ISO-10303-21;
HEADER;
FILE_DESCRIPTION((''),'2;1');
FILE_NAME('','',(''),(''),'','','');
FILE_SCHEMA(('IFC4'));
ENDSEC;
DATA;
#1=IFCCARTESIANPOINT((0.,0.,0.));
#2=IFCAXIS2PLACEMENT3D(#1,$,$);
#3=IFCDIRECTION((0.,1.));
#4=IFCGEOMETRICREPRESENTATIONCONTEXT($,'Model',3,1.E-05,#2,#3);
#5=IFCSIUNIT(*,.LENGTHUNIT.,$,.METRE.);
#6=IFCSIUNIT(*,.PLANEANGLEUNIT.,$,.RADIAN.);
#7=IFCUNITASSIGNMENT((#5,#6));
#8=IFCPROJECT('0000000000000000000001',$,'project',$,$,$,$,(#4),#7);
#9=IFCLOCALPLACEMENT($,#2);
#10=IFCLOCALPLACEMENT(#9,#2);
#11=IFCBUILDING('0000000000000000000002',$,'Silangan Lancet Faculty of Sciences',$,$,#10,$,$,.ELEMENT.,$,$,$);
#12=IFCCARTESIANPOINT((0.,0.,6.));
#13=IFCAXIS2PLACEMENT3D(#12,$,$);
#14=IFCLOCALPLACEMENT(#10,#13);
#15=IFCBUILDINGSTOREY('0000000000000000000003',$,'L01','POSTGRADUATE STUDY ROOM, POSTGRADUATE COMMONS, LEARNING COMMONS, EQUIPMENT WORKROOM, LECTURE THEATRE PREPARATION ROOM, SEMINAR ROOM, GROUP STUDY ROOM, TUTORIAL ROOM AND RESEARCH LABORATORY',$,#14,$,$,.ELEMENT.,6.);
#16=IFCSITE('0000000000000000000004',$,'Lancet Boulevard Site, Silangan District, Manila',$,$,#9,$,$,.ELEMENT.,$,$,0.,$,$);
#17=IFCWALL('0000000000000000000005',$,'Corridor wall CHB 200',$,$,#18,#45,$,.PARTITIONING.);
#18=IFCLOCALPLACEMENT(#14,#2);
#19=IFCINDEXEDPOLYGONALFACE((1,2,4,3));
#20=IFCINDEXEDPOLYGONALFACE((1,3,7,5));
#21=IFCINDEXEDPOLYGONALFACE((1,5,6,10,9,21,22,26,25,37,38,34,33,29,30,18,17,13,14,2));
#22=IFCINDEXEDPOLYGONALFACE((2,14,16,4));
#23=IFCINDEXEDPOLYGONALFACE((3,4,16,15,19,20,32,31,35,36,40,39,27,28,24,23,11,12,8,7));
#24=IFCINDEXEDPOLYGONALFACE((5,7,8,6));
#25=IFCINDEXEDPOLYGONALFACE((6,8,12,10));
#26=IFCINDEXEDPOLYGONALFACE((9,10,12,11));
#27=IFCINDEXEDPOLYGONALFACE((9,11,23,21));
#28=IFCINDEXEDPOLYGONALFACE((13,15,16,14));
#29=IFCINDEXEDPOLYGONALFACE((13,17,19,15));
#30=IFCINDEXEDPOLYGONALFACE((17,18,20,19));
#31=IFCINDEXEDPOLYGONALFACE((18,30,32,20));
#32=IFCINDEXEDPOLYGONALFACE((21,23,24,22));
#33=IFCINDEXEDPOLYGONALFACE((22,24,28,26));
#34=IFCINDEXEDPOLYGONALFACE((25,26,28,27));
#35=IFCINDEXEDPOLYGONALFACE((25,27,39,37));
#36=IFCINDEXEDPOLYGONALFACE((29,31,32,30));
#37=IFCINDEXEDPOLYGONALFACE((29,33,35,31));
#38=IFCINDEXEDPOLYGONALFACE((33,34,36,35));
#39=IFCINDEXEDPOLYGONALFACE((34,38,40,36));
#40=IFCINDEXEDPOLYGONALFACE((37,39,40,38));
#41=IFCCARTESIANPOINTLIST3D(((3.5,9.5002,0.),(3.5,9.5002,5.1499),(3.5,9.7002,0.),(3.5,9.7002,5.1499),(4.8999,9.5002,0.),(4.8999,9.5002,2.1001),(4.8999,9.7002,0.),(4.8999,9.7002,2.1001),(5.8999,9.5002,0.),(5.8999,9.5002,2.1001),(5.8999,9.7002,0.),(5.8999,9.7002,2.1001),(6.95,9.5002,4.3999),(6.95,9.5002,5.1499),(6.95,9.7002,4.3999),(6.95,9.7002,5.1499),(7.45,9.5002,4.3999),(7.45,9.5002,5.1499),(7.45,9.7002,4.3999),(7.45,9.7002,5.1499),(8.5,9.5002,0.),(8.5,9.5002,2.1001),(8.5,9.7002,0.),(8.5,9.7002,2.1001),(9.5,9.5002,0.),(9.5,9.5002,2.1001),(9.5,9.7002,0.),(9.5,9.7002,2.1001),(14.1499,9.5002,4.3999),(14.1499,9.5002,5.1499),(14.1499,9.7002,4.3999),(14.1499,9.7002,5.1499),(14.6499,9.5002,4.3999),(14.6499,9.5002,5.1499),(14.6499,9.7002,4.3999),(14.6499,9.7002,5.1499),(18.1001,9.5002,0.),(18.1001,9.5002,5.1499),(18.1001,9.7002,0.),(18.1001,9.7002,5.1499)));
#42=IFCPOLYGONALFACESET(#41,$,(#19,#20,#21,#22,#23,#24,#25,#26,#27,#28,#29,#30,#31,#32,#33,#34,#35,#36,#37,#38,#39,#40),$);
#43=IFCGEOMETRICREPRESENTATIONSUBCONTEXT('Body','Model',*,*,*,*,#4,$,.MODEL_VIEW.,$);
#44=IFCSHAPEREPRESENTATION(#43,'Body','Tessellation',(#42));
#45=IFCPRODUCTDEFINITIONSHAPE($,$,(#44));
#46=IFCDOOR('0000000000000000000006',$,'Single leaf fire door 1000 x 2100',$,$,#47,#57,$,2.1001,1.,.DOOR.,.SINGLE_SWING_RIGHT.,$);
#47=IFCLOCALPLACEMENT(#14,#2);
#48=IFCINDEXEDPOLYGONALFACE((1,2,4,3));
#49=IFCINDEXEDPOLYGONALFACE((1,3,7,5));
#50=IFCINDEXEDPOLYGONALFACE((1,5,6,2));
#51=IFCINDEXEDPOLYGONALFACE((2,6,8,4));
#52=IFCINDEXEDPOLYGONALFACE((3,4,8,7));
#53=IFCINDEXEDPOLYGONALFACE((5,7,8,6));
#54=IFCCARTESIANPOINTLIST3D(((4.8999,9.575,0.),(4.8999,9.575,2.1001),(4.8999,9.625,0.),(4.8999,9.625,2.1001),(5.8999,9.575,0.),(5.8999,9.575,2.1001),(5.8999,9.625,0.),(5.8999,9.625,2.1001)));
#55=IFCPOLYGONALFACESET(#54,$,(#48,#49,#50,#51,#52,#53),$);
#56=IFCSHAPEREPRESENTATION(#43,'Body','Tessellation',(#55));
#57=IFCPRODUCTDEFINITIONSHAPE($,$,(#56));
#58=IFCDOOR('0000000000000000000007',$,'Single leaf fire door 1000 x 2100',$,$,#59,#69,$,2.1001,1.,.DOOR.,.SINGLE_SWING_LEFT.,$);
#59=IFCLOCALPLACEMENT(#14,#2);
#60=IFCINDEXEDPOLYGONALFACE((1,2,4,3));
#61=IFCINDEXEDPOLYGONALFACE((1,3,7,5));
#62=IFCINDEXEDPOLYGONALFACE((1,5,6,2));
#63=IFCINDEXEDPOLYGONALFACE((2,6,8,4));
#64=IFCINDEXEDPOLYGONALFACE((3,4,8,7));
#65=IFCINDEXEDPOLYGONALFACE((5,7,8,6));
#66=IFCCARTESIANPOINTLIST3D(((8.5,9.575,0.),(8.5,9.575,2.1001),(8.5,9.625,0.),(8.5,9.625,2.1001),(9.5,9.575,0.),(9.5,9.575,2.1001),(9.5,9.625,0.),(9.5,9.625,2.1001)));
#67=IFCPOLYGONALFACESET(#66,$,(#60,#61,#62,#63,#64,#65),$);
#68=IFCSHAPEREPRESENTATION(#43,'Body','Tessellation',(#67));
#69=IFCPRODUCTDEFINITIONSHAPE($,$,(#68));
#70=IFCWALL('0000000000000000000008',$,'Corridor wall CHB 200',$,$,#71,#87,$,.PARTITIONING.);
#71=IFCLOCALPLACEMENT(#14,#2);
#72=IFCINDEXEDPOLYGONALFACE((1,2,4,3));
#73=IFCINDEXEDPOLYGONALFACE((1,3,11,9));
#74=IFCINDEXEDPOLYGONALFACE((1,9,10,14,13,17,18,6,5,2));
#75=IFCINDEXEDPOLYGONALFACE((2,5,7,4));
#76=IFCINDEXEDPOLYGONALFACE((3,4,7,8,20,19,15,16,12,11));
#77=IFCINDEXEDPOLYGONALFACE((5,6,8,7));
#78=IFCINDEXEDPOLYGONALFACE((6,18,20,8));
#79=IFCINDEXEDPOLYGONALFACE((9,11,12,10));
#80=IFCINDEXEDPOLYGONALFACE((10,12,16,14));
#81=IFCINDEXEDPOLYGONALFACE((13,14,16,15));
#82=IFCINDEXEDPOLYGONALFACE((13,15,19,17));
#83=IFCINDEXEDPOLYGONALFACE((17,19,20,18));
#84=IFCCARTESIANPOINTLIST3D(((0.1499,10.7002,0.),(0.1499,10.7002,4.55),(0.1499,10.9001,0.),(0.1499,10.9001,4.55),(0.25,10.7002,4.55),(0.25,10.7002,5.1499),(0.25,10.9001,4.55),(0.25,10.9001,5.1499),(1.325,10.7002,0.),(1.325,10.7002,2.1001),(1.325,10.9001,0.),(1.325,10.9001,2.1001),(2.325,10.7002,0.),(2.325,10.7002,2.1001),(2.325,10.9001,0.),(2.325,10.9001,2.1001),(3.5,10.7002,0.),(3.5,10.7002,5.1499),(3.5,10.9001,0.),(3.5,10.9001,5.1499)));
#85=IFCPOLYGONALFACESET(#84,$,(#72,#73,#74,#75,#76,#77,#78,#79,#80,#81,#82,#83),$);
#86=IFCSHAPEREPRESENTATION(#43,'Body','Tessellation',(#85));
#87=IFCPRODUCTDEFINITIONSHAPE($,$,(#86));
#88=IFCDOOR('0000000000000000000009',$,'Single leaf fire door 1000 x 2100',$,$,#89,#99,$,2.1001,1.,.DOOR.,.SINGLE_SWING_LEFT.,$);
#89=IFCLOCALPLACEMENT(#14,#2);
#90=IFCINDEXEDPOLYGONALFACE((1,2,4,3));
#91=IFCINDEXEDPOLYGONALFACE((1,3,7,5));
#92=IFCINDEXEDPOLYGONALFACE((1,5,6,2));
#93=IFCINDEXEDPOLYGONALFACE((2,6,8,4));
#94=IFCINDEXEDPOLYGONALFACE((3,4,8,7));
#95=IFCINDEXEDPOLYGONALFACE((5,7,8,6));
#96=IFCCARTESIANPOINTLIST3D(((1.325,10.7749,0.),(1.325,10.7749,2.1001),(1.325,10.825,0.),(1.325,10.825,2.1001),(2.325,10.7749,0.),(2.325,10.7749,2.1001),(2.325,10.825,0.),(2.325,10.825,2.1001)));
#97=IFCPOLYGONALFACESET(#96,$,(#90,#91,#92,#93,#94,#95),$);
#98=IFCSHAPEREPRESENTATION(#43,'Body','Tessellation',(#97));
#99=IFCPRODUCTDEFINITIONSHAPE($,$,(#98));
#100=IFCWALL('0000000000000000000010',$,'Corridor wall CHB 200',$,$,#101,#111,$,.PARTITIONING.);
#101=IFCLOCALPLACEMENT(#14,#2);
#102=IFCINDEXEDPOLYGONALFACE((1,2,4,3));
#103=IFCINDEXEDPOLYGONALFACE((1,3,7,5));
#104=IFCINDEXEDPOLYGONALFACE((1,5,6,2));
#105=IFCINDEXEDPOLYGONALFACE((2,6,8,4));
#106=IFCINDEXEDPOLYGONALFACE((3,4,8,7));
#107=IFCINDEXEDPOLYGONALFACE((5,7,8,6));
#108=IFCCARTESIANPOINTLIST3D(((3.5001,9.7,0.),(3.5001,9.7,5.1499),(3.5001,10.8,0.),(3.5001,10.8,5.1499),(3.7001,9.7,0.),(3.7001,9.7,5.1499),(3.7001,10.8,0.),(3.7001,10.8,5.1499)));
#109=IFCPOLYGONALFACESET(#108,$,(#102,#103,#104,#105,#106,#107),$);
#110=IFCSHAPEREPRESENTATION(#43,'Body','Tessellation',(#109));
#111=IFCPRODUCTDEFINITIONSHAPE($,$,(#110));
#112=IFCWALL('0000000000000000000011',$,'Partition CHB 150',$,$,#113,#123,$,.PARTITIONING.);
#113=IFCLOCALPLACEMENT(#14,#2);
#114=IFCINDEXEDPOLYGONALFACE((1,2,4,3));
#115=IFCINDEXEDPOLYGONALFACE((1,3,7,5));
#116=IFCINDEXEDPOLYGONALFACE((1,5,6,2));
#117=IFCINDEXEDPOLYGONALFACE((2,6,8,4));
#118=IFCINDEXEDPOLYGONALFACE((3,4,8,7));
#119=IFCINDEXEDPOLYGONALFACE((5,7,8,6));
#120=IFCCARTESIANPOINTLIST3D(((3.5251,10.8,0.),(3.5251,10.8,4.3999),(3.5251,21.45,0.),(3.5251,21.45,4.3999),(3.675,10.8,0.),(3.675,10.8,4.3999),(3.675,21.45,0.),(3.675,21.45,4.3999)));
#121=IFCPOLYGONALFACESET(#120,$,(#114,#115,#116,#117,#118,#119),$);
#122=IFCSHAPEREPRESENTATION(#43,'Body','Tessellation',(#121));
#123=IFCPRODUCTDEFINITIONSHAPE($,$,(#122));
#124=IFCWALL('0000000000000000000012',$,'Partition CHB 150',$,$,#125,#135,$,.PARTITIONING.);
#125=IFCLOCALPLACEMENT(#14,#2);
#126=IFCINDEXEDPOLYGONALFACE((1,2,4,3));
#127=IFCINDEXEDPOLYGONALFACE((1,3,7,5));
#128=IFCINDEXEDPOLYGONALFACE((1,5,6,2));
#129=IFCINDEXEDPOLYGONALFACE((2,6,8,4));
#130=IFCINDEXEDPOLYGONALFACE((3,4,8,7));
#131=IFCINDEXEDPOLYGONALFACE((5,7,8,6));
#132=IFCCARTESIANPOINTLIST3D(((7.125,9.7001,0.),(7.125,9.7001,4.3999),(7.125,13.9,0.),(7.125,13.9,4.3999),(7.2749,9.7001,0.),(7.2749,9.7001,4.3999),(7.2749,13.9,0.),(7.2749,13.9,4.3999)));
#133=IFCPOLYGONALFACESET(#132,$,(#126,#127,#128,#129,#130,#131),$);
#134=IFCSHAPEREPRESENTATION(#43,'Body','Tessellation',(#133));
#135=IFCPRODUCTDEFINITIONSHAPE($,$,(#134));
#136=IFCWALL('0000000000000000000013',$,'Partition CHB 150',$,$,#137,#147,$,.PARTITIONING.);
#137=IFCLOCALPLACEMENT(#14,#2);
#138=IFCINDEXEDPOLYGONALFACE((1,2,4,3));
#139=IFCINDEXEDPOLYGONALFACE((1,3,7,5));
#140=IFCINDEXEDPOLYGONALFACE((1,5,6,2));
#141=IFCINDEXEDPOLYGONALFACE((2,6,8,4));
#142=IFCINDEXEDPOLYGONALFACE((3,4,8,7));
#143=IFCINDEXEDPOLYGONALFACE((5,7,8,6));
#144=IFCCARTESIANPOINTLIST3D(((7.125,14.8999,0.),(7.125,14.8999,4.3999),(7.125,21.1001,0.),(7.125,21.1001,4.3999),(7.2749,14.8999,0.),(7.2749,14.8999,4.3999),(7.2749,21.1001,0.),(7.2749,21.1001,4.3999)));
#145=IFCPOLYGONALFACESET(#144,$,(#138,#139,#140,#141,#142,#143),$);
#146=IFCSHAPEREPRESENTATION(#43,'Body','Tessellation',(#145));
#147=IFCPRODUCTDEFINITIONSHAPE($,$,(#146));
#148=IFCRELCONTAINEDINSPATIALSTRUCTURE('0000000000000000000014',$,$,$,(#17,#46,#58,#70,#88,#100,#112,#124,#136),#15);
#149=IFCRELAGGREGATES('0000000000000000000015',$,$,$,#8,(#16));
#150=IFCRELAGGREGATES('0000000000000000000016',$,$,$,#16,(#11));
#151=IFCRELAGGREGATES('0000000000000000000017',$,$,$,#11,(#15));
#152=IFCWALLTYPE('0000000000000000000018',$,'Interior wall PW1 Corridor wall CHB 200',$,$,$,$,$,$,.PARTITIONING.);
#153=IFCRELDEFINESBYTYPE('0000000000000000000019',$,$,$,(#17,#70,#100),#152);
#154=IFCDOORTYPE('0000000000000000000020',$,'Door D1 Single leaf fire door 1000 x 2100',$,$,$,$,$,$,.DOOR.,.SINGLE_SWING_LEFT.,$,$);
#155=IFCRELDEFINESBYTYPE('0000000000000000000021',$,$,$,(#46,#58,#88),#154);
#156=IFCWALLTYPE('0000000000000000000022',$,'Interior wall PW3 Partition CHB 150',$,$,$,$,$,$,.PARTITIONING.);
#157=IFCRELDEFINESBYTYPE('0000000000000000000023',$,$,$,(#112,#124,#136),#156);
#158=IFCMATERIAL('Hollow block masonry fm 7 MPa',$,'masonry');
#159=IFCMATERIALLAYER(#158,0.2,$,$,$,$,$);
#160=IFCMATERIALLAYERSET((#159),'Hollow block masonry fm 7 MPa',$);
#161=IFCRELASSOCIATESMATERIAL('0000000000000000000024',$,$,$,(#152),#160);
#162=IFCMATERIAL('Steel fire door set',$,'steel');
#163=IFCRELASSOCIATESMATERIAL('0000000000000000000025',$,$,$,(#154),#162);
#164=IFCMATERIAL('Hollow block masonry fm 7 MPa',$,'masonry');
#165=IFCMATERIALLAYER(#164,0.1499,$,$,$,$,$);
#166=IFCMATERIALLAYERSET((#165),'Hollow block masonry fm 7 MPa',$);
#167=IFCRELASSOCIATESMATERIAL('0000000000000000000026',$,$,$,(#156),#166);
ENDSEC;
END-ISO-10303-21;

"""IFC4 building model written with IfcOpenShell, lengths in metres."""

from ifc_helpers import new_model, si_unit, direction, frame, frame_2d, origin, place, context, subcontext, project, spatial, polyline, rectangle, outline, extrude, material, layer, layer_set, type_object, element, fill, save


model = new_model("IFC4")

# Units and contexts
model_context = context("Model", 3, precision=1e-05, world=origin(), true_north=direction((0.0, 1.0)))
body_context = subcontext(model_context, "Body", "Model", "MODEL_VIEW")
ifc_project = project(units=[si_unit("LENGTHUNIT", "METRE"), si_unit("PLANEANGLEUNIT", "RADIAN")], contexts=[model_context])

# Site, building, storey
site_placement = place(None, origin())
site = spatial("IfcSite", under=ifc_project, at=site_placement, Name="Lancet Boulevard Site, Silangan District, Manila", CompositionType="ELEMENT", RefElevation=0.0)
building_placement = place(site_placement, origin())
building = spatial("IfcBuilding", under=site, at=building_placement, Name="Silangan Lancet Faculty of Sciences", CompositionType="ELEMENT")
storey_placement = place(building_placement, frame((0.0, 0.0, 6.0)))
storey = spatial("IfcBuildingStorey", under=building, at=storey_placement, Name="L01", Description="POSTGRADUATE STUDY ROOM, POSTGRADUATE COMMONS, LEARNING COMMONS, EQUIPMENT WORKROOM, LECTURE THEATRE PREPARATION ROOM, SEMINAR ROOM, GROUP STUDY ROOM, TUTORIAL ROOM AND RESEARCH LABORATORY", CompositionType="ELEMENT", Elevation=6.0)

# Wall, openings, doors
ifc_material_1 = material(Name="Hollow block masonry fm 7 MPa", Category="masonry")
ifc_layer_1 = layer(ifc_material_1, 0.2)
ifc_layer_set_1 = layer_set([ifc_layer_1], Name="Hollow block masonry fm 7 MPa")
wall_type_1 = type_object("IfcWallType", Name="Interior wall PW1 Corridor wall CHB 200", PredefinedType="PARTITIONING", material=ifc_layer_set_1)
wall_1_placement = place(storey_placement, frame((3.5, 9.6001, 0.0), z_axis=(0.0, 0.0, 1.0), x_axis=(1.0, 0.0, 0.0)))
wall_1 = element("IfcWall", 1, at=wall_1_placement, inside=storey, type_object=wall_type_1, Name="Corridor wall CHB 200", PredefinedType="PARTITIONING", context=body_context, shape_type="SweptSolid", body=[
    extrude(outline(polyline([(0.0, 0.0), (14.6001, 0.0), (14.6001, 5.1499), (11.1499, 5.1499), (11.1499, 4.3999), (10.6499, 4.3999), (10.6499, 5.1499), (3.95, 5.1499), (3.95, 4.3999), (3.45, 4.3999), (3.45, 5.1499), (0.0, 5.1499), (0.0, 0.0)])), frame((0.0, 0.1001, 0.0), z_axis=(0.0, -1.0, 0.0), x_axis=(1.0, 0.0, 0.0)), (0.0, 0.0, 1.0), 0.2),
])
opening_1_placement = place(wall_1_placement, frame((1.3999, 0.0, 0.0)))
opening_1 = element("IfcOpeningElement", 2, at=opening_1_placement, cuts=wall_1, PredefinedType="OPENING", context=body_context, shape_type="SweptSolid", body=[
    extrude(rectangle(XDim=1.0, YDim=2.1001, at=frame_2d((0.5, 1.05))), frame((0.0, 0.1099, 0.0), z_axis=(0.0, -1.0, 0.0), x_axis=(1.0, 0.0, 0.0)), (0.0, 0.0, 1.0), 0.22),
])
opening_2_placement = place(wall_1_placement, frame((5.0, 0.0, 0.0)))
opening_2 = element("IfcOpeningElement", 3, at=opening_2_placement, cuts=wall_1, PredefinedType="OPENING", context=body_context, shape_type="SweptSolid", body=[
    extrude(rectangle(XDim=1.0, YDim=2.1001, at=frame_2d((0.5, 1.05))), frame((0.0, 0.1099, 0.0), z_axis=(0.0, -1.0, 0.0), x_axis=(1.0, 0.0, 0.0)), (0.0, 0.0, 1.0), 0.22),
])
ifc_material_2 = material(Name="Steel fire door set", Category="steel")
door_type = type_object("IfcDoorType", Name="Door D1 Single leaf fire door 1000 x 2100", OperationType="SINGLE_SWING_LEFT", PredefinedType="DOOR", material=ifc_material_2)
door_1_placement = place(opening_1_placement, origin())
door_1 = element("IfcDoor", 4, at=door_1_placement, inside=storey, type_object=door_type, Name="Single leaf fire door 1000 x 2100", OperationType="SINGLE_SWING_RIGHT", OverallHeight=2.1001, OverallWidth=1.0, PredefinedType="DOOR", context=body_context, shape_type="SweptSolid", body=[
    extrude(rectangle(XDim=1.0, YDim=2.1001, at=frame_2d((0.5, 1.05))), frame((0.0, 0.0249, 0.0), z_axis=(0.0, -1.0, 0.0), x_axis=(1.0, 0.0, 0.0)), (0.0, 0.0, 1.0), 0.05),
])
fill(opening_1, door_1)
door_2_placement = place(opening_2_placement, origin())
door_2 = element("IfcDoor", 5, at=door_2_placement, inside=storey, type_object=door_type, Name="Single leaf fire door 1000 x 2100", OperationType="SINGLE_SWING_LEFT", OverallHeight=2.1001, OverallWidth=1.0, PredefinedType="DOOR", context=body_context, shape_type="SweptSolid", body=[
    extrude(rectangle(XDim=1.0, YDim=2.1001, at=frame_2d((0.5, 1.05))), frame((0.0, 0.0249, 0.0), z_axis=(0.0, -1.0, 0.0), x_axis=(1.0, 0.0, 0.0)), (0.0, 0.0, 1.0), 0.05),
])
fill(opening_2, door_2)

# Wall, opening, door
wall_2_placement = place(storey_placement, frame((0.1499, 10.8, 0.0), z_axis=(0.0, 0.0, 1.0), x_axis=(1.0, 0.0, 0.0)))
wall_2 = element("IfcWall", 6, at=wall_2_placement, inside=storey, type_object=wall_type_1, Name="Corridor wall CHB 200", PredefinedType="PARTITIONING", context=body_context, shape_type="SweptSolid", body=[
    extrude(outline(polyline([(0.0, 0.0), (3.3501, 0.0), (3.3501, 5.1499), (0.1001, 5.1499), (0.1001, 4.55), (0.0, 4.55), (0.0, 0.0)])), frame((0.0, 0.1001, 0.0), z_axis=(0.0, -1.0, 0.0), x_axis=(1.0, 0.0, 0.0)), (0.0, 0.0, 1.0), 0.2),
])
opening_3_placement = place(wall_2_placement, frame((1.175, 0.0, 0.0)))
opening_3 = element("IfcOpeningElement", 7, at=opening_3_placement, cuts=wall_2, PredefinedType="OPENING", context=body_context, shape_type="SweptSolid", body=[
    extrude(rectangle(XDim=1.0, YDim=2.1001, at=frame_2d((0.5, 1.05))), frame((0.0, 0.1099, 0.0), z_axis=(0.0, -1.0, 0.0), x_axis=(1.0, 0.0, 0.0)), (0.0, 0.0, 1.0), 0.22),
])
door_3_placement = place(opening_3_placement, origin())
door_3 = element("IfcDoor", 8, at=door_3_placement, inside=storey, type_object=door_type, Name="Single leaf fire door 1000 x 2100", OperationType="SINGLE_SWING_LEFT", OverallHeight=2.1001, OverallWidth=1.0, PredefinedType="DOOR", context=body_context, shape_type="SweptSolid", body=[
    extrude(rectangle(XDim=1.0, YDim=2.1001, at=frame_2d((0.5, 1.05))), frame((0.0, 0.0249, 0.0), z_axis=(0.0, -1.0, 0.0), x_axis=(1.0, 0.0, 0.0)), (0.0, 0.0, 1.0), 0.05),
])
fill(opening_3, door_3)

# Walls
wall_3_placement = place(storey_placement, frame((3.6001, 9.7, 0.0), z_axis=(0.0, 0.0, 1.0), x_axis=(0.0, 1.0, 0.0)))
element("IfcWall", 9, at=wall_3_placement, inside=storey, type_object=wall_type_1, Name="Corridor wall CHB 200", PredefinedType="PARTITIONING", context=body_context, shape_type="SweptSolid", body=[
    extrude(rectangle(XDim=1.1001, YDim=0.2, at=frame_2d((0.55, 0.0))), origin(), (0.0, 0.0, 1.0), 5.1499),
])
ifc_material_3 = material(Name="Hollow block masonry fm 7 MPa", Category="masonry")
ifc_layer_2 = layer(ifc_material_3, 0.1499)
ifc_layer_set_2 = layer_set([ifc_layer_2], Name="Hollow block masonry fm 7 MPa")
wall_type_2 = type_object("IfcWallType", Name="Interior wall PW3 Partition CHB 150", PredefinedType="PARTITIONING", material=ifc_layer_set_2)
wall_4_placement = place(storey_placement, frame((3.6001, 10.8, 0.0), z_axis=(0.0, 0.0, 1.0), x_axis=(0.0, 1.0, 0.0)))
element("IfcWall", 10, at=wall_4_placement, inside=storey, type_object=wall_type_2, Name="Partition CHB 150", PredefinedType="PARTITIONING", context=body_context, shape_type="SweptSolid", body=[
    extrude(rectangle(XDim=10.6499, YDim=0.1499, at=frame_2d((5.325, 0.0))), origin(), (0.0, 0.0, 1.0), 4.3999),
])
wall_5_placement = place(storey_placement, frame((7.2, 9.7, 0.0), z_axis=(0.0, 0.0, 1.0), x_axis=(0.0, 1.0, 0.0)))
element("IfcWall", 11, at=wall_5_placement, inside=storey, type_object=wall_type_2, Name="Partition CHB 150", PredefinedType="PARTITIONING", context=body_context, shape_type="SweptSolid", body=[
    extrude(rectangle(XDim=4.2, YDim=0.1499, at=frame_2d((2.1001, 0.0))), origin(), (0.0, 0.0, 1.0), 4.3999),
])
wall_6_placement = place(storey_placement, frame((7.2, 14.8999, 0.0), z_axis=(0.0, 0.0, 1.0), x_axis=(0.0, 1.0, 0.0)))
element("IfcWall", 12, at=wall_6_placement, inside=storey, type_object=wall_type_2, Name="Partition CHB 150", PredefinedType="PARTITIONING", context=body_context, shape_type="SweptSolid", body=[
    extrude(rectangle(XDim=6.2002, YDim=0.1499, at=frame_2d((3.1001, 0.0))), origin(), (0.0, 0.0, 1.0), 4.3999),
])

save(model, "model.ifc")
